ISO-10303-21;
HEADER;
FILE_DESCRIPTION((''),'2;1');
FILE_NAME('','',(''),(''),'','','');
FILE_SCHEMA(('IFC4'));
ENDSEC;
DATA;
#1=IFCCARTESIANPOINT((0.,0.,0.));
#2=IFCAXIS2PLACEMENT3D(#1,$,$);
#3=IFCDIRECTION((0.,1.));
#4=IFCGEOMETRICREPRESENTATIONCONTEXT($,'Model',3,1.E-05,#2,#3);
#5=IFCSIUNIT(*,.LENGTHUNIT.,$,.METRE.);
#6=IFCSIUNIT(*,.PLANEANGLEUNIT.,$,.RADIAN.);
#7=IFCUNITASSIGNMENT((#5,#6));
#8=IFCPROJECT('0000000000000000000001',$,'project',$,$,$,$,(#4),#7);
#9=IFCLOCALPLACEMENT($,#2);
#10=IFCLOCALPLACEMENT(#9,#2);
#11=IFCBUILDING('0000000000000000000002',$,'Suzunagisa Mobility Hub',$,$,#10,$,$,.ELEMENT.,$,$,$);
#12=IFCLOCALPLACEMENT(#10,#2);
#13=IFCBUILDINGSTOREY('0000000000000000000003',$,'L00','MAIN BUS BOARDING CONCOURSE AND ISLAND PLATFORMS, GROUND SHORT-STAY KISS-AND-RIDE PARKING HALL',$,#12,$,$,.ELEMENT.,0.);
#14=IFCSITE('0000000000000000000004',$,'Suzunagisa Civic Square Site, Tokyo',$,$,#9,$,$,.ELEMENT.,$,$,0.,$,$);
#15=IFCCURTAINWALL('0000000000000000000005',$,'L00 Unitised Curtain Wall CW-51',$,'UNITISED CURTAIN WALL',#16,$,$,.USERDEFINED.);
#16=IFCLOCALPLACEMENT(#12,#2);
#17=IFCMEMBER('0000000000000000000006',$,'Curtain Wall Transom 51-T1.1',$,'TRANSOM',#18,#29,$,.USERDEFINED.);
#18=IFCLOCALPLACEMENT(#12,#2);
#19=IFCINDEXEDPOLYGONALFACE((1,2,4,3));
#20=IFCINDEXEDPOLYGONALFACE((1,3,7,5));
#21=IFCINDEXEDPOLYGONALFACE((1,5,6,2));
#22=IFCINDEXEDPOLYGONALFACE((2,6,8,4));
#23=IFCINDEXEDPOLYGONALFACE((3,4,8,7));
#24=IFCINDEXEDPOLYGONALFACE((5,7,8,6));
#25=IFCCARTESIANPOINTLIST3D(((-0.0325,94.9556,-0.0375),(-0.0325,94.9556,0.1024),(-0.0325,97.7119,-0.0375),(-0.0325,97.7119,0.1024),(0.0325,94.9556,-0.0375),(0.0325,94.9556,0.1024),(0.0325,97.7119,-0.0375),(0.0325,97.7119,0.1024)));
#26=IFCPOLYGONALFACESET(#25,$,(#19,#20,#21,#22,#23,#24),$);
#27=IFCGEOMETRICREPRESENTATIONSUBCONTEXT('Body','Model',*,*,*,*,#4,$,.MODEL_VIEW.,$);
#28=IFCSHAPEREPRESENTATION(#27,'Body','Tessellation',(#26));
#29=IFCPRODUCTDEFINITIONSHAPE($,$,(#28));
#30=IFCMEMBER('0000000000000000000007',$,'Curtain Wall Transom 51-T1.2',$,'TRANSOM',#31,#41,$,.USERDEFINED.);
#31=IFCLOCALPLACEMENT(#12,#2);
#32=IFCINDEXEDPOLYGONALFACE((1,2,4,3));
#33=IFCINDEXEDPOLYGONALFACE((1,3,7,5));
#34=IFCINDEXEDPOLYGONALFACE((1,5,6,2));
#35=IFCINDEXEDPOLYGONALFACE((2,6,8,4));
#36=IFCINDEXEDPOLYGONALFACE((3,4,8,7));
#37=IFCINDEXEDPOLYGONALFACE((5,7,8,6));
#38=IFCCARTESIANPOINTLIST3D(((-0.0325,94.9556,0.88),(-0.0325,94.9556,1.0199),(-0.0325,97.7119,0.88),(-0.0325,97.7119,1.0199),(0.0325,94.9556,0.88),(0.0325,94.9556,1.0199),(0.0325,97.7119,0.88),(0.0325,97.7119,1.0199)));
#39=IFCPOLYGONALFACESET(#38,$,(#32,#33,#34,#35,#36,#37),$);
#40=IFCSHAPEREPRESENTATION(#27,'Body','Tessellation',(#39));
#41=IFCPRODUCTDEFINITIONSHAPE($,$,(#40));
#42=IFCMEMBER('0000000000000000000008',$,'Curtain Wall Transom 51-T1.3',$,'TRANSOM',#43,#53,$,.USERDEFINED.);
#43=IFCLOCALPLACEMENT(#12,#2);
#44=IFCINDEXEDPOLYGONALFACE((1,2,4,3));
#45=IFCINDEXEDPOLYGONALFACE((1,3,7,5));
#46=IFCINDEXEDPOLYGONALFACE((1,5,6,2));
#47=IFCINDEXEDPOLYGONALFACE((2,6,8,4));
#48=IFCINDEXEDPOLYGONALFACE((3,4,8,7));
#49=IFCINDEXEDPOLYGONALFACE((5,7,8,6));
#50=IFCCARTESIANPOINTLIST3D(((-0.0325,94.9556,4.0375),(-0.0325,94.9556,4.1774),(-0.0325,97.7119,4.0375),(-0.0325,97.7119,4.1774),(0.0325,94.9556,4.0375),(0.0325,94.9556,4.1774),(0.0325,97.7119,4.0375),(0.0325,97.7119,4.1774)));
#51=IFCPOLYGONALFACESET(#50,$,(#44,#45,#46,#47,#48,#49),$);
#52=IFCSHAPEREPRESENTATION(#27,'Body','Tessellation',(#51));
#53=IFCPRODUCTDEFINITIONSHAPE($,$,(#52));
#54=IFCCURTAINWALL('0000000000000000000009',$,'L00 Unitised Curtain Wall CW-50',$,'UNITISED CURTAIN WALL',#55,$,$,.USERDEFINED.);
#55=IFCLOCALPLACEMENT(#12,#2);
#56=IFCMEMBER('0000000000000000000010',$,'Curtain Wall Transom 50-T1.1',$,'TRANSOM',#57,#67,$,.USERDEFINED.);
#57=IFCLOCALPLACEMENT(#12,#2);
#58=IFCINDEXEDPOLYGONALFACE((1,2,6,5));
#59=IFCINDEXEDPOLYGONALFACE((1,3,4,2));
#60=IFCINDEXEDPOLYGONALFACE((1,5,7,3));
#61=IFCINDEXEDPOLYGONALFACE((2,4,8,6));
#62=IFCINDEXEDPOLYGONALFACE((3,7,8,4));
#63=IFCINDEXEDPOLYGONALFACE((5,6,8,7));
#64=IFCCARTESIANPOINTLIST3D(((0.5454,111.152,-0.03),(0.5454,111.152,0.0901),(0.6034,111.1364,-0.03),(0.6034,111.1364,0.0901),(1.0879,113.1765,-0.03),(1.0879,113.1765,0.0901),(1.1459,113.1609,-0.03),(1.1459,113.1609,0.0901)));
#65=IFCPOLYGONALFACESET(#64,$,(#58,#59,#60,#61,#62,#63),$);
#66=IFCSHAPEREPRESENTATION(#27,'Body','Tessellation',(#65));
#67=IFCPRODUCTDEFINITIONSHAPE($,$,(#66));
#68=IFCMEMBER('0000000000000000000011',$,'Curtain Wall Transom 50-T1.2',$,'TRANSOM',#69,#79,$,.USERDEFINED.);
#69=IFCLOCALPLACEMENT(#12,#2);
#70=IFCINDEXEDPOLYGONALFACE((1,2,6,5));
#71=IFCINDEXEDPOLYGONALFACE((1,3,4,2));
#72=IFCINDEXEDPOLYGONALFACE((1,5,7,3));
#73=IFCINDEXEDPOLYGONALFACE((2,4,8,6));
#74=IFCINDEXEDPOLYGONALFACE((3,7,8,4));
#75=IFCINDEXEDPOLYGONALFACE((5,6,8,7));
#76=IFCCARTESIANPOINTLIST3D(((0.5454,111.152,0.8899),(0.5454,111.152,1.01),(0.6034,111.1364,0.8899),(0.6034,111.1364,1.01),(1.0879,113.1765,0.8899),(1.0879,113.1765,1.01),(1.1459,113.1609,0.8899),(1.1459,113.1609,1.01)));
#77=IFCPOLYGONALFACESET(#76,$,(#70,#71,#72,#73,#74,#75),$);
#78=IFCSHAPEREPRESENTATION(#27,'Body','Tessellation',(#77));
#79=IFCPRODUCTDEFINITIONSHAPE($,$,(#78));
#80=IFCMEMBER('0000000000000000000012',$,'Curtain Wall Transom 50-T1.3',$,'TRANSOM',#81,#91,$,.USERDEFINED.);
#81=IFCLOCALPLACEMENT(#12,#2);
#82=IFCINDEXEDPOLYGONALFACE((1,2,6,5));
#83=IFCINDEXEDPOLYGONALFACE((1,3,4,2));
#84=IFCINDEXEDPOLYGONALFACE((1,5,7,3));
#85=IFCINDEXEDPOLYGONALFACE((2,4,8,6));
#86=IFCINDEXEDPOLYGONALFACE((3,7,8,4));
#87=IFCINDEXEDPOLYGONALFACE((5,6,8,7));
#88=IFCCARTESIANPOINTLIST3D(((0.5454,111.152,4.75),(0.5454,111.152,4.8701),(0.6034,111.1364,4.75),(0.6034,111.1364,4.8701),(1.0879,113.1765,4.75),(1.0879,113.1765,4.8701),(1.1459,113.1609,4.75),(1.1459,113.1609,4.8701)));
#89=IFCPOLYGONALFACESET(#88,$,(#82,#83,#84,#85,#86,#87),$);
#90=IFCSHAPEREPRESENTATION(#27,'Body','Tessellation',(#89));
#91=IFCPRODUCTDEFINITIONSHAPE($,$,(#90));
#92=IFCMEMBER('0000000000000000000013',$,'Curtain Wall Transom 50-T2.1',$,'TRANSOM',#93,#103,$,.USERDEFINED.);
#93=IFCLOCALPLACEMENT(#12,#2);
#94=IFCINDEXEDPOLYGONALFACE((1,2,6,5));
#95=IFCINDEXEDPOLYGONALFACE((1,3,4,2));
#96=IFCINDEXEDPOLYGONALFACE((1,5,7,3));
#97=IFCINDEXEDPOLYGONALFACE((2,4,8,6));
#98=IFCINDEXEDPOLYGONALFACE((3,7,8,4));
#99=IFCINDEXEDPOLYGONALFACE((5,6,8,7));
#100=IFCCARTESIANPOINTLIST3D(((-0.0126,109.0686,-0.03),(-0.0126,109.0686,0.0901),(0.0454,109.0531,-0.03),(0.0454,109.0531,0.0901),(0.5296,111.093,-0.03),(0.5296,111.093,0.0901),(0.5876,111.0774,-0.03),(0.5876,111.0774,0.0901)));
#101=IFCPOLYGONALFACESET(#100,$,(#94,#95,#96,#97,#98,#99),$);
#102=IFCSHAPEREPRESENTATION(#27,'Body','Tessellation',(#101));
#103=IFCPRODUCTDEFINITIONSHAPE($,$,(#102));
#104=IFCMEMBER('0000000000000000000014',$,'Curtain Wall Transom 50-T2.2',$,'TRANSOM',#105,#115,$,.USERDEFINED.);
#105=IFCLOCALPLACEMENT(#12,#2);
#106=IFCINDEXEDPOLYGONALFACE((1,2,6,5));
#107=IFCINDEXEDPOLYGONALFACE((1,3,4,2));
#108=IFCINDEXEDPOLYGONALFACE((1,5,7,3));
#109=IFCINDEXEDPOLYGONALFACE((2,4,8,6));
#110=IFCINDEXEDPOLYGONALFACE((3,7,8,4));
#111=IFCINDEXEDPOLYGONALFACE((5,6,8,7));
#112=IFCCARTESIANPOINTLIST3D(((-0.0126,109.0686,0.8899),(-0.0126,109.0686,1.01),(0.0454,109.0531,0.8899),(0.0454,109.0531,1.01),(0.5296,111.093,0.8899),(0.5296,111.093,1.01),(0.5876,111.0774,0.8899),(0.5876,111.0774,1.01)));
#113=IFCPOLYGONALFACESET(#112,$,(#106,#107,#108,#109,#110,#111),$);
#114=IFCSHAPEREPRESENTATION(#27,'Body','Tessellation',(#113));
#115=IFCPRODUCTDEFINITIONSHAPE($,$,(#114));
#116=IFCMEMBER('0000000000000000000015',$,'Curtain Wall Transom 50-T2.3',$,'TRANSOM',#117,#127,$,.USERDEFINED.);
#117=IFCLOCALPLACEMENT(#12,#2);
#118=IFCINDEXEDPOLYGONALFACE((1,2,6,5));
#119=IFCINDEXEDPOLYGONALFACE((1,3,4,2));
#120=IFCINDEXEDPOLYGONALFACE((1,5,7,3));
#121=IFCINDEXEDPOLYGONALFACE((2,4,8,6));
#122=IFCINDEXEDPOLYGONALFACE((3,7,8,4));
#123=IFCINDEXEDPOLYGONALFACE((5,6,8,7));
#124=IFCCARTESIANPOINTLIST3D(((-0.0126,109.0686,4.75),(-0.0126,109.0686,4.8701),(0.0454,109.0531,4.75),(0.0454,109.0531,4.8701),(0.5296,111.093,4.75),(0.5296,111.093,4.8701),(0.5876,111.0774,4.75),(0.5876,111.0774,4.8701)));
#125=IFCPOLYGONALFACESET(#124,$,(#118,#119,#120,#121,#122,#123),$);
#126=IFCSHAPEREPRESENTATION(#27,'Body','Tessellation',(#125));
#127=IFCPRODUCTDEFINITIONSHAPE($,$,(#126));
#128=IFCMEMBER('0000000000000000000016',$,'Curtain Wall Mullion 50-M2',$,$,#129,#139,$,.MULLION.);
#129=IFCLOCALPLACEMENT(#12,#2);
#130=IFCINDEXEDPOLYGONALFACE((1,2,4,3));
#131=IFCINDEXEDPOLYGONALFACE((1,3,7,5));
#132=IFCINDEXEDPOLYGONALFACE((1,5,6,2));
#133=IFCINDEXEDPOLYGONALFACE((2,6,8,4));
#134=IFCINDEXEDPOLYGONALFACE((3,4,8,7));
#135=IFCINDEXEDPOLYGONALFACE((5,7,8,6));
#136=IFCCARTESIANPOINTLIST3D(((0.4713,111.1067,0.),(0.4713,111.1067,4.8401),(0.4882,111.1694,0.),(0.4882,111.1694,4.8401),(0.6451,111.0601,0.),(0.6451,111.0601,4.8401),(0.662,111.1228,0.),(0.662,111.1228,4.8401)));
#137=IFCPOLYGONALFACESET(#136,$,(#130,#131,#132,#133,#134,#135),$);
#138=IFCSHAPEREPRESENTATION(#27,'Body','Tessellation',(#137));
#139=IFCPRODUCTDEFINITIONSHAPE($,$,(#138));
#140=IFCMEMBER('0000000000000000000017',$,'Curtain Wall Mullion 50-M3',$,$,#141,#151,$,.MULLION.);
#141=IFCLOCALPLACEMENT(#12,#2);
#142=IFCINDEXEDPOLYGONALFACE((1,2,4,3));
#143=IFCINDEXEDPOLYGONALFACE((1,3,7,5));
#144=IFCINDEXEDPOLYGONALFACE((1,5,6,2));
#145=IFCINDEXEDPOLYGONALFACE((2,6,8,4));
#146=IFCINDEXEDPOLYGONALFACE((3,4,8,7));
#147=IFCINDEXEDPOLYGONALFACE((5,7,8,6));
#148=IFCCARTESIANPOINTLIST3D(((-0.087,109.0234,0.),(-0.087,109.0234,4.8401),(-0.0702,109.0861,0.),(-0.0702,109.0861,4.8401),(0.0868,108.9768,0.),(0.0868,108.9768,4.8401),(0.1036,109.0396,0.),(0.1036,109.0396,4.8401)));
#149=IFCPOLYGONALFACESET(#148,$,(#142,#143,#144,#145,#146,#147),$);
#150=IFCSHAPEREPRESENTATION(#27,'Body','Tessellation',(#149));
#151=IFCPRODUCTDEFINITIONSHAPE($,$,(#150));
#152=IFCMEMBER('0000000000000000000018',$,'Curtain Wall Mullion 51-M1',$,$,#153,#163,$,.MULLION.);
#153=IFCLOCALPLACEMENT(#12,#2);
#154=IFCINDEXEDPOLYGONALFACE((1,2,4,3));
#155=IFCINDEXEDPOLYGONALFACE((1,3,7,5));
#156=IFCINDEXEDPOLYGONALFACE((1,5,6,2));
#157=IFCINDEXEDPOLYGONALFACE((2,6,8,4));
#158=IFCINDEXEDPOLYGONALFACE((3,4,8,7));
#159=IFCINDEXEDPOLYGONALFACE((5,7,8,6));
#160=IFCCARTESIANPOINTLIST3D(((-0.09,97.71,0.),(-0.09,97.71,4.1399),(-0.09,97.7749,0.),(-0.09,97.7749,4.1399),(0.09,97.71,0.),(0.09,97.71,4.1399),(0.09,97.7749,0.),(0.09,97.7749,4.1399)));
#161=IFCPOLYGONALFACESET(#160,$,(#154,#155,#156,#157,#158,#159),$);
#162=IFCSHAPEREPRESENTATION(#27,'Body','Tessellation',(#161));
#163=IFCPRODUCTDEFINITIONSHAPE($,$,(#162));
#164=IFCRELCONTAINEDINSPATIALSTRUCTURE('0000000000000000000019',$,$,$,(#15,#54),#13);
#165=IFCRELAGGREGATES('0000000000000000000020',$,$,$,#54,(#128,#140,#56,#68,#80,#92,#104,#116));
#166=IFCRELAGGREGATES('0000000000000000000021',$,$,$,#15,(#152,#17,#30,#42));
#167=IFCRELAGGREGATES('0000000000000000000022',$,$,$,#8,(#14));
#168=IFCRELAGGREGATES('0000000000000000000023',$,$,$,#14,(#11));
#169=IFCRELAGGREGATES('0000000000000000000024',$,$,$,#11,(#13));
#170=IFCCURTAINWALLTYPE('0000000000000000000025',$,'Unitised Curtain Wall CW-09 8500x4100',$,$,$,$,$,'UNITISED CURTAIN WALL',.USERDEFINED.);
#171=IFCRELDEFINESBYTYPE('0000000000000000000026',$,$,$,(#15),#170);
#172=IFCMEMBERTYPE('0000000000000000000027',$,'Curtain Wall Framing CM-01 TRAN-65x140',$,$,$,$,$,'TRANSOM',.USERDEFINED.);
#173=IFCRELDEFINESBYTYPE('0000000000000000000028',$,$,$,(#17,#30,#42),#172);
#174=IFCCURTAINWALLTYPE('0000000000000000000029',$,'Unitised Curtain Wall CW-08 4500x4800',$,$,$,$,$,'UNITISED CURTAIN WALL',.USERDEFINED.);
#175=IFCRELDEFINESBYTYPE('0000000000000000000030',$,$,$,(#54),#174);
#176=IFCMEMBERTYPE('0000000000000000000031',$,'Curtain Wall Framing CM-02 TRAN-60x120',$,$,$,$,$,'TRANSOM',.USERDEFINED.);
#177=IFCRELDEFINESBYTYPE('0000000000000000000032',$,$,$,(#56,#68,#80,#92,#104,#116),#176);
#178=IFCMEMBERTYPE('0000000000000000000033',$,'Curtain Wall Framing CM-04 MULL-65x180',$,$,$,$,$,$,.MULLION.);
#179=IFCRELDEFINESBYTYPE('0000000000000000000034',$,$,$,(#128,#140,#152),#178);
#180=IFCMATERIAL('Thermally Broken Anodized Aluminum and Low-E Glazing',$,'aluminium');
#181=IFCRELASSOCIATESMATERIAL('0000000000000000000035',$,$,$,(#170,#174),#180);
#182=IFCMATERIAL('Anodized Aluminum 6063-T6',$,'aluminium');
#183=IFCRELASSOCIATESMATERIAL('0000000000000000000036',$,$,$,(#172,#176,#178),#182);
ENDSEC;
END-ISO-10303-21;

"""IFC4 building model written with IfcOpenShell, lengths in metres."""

from ifc_helpers import new_model, si_unit, direction, frame, origin, origin_2d, place, context, subcontext, project, spatial, rectangle, extrude, material, material_profile, profile_set, type_object, element, aggregate, save


model = new_model("IFC4")

# Units and contexts
model_context = context("Model", 3, precision=1e-05, world=origin(), true_north=direction((0.0, 1.0)))
body_context = subcontext(model_context, "Body", "Model", "MODEL_VIEW")
ifc_project = project(units=[si_unit("LENGTHUNIT", "METRE"), si_unit("PLANEANGLEUNIT", "RADIAN")], contexts=[model_context])

# Site, building, storey
site_placement = place(None, origin())
site = spatial("IfcSite", under=ifc_project, at=site_placement, Name="Suzunagisa Civic Square Site, Tokyo", CompositionType="ELEMENT", RefElevation=0.0)
building_placement = place(site_placement, origin())
building = spatial("IfcBuilding", under=site, at=building_placement, Name="Suzunagisa Mobility Hub", CompositionType="ELEMENT")
storey_placement = place(building_placement, origin())
storey = spatial("IfcBuildingStorey", under=building, at=storey_placement, Name="L00", Description="MAIN BUS BOARDING CONCOURSE AND ISLAND PLATFORMS, GROUND SHORT-STAY KISS-AND-RIDE PARKING HALL", CompositionType="ELEMENT", Elevation=0.0)

# Curtain walls, members
ifc_material_1 = material(Name="Thermally Broken Anodized Aluminum and Low-E Glazing", Category="aluminium")
curtain_wall_type_1 = type_object("IfcCurtainWallType", Name="Unitised Curtain Wall CW-09 8500x4100", ElementType="UNITISED CURTAIN WALL", PredefinedType="USERDEFINED", material=ifc_material_1)
curtain_wall_1_placement = place(storey_placement, origin())
curtain_wall_1 = element("IfcCurtainWall", 1, at=curtain_wall_1_placement, inside=storey, type_object=curtain_wall_type_1, Name="L00 Unitised Curtain Wall CW-51", ObjectType="UNITISED CURTAIN WALL", PredefinedType="USERDEFINED")
ifc_material_2 = material(Name="Anodized Aluminum 6063-T6", Category="aluminium")
ifc_material_profile_1 = material_profile(ifc_material_2, rectangle(XDim=0.0649, YDim=0.1399, at=origin_2d()), Name="TRAN-65x140")
ifc_profile_set_1 = profile_set([ifc_material_profile_1], Name="Anodized Aluminum 6063-T6")
member_type_1 = type_object("IfcMemberType", Name="Curtain Wall Framing CM-01 TRAN-65x140", ElementType="TRANSOM", PredefinedType="USERDEFINED", material=ifc_profile_set_1)
member_1_placement = place(storey_placement, frame((0.0, 97.7119, 0.0325), z_axis=(0.0, -1.0, 0.0), x_axis=(1.0, 0.0, 0.0)))
member_1 = element("IfcMember", 2, at=member_1_placement, type_object=member_type_1, Name="Curtain Wall Transom 51-T1.1", ObjectType="TRANSOM", PredefinedType="USERDEFINED", context=body_context, shape_type="SweptSolid", body=[
    extrude(rectangle(XDim=0.0649, YDim=0.1399, at=origin_2d()), origin(), (0.0, 0.0, 1.0), 2.7563),
])
member_2_placement = place(storey_placement, frame((0.0, 97.7119, 0.95), z_axis=(0.0, -1.0, 0.0), x_axis=(1.0, 0.0, 0.0)))
member_2 = element("IfcMember", 3, at=member_2_placement, type_object=member_type_1, Name="Curtain Wall Transom 51-T1.2", ObjectType="TRANSOM", PredefinedType="USERDEFINED", context=body_context, shape_type="SweptSolid", body=[
    extrude(rectangle(XDim=0.0649, YDim=0.1399, at=origin_2d()), origin(), (0.0, 0.0, 1.0), 2.7563),
])
member_3_placement = place(storey_placement, frame((0.0, 97.7119, 4.1074), z_axis=(0.0, -1.0, 0.0), x_axis=(1.0, 0.0, 0.0)))
member_3 = element("IfcMember", 4, at=member_3_placement, type_object=member_type_1, Name="Curtain Wall Transom 51-T1.3", ObjectType="TRANSOM", PredefinedType="USERDEFINED", context=body_context, shape_type="SweptSolid", body=[
    extrude(rectangle(XDim=0.0649, YDim=0.1399, at=origin_2d()), origin(), (0.0, 0.0, 1.0), 2.7563),
])
curtain_wall_type_2 = type_object("IfcCurtainWallType", Name="Unitised Curtain Wall CW-08 4500x4800", ElementType="UNITISED CURTAIN WALL", PredefinedType="USERDEFINED", material=ifc_material_1)
curtain_wall_2_placement = place(storey_placement, origin())
curtain_wall_2 = element("IfcCurtainWall", 5, at=curtain_wall_2_placement, inside=storey, type_object=curtain_wall_type_2, Name="L00 Unitised Curtain Wall CW-50", ObjectType="UNITISED CURTAIN WALL", PredefinedType="USERDEFINED")
ifc_material_profile_2 = material_profile(ifc_material_2, rectangle(XDim=0.0601, YDim=0.1201, at=origin_2d()), Name="TRAN-60x120")
ifc_profile_set_2 = profile_set([ifc_material_profile_2], Name="Anodized Aluminum 6063-T6")
member_type_2 = type_object("IfcMemberType", Name="Curtain Wall Framing CM-02 TRAN-60x120", ElementType="TRANSOM", PredefinedType="USERDEFINED", material=ifc_profile_set_2)
member_4_placement = place(storey_placement, frame((1.1169, 113.1687, 0.03), z_axis=(-0.258837, -0.965921, 0.0), x_axis=(0.965921, -0.258837, 0.0)))
member_4 = element("IfcMember", 6, at=member_4_placement, type_object=member_type_2, Name="Curtain Wall Transom 50-T1.1", ObjectType="TRANSOM", PredefinedType="USERDEFINED", context=body_context, shape_type="SweptSolid", body=[
    extrude(rectangle(XDim=0.0601, YDim=0.1201, at=origin_2d()), origin(), (0.0, 0.0, 1.0), 2.0959),
])
member_5_placement = place(storey_placement, frame((1.1169, 113.1687, 0.95), z_axis=(-0.258837, -0.965921, 0.0), x_axis=(0.965921, -0.258837, 0.0)))
member_5 = element("IfcMember", 7, at=member_5_placement, type_object=member_type_2, Name="Curtain Wall Transom 50-T1.2", ObjectType="TRANSOM", PredefinedType="USERDEFINED", context=body_context, shape_type="SweptSolid", body=[
    extrude(rectangle(XDim=0.0601, YDim=0.1201, at=origin_2d()), origin(), (0.0, 0.0, 1.0), 2.0959),
])
member_6_placement = place(storey_placement, frame((1.1169, 113.1687, 4.8101), z_axis=(-0.258837, -0.965921, 0.0), x_axis=(0.965921, -0.258837, 0.0)))
member_6 = element("IfcMember", 8, at=member_6_placement, type_object=member_type_2, Name="Curtain Wall Transom 50-T1.3", ObjectType="TRANSOM", PredefinedType="USERDEFINED", context=body_context, shape_type="SweptSolid", body=[
    extrude(rectangle(XDim=0.0601, YDim=0.1201, at=origin_2d()), origin(), (0.0, 0.0, 1.0), 2.0959),
])
member_7_placement = place(storey_placement, frame((0.5586, 111.0852, 0.03), z_axis=(-0.258728, -0.96595, 0.0), x_axis=(0.96595, -0.258728, 0.0)))
member_7 = element("IfcMember", 9, at=member_7_placement, type_object=member_type_2, Name="Curtain Wall Transom 50-T2.1", ObjectType="TRANSOM", PredefinedType="USERDEFINED", context=body_context, shape_type="SweptSolid", body=[
    extrude(rectangle(XDim=0.0601, YDim=0.1201, at=origin_2d()), origin(), (0.0, 0.0, 1.0), 2.0957),
])
member_8_placement = place(storey_placement, frame((0.5586, 111.0852, 0.95), z_axis=(-0.258728, -0.96595, 0.0), x_axis=(0.96595, -0.258728, 0.0)))
member_8 = element("IfcMember", 10, at=member_8_placement, type_object=member_type_2, Name="Curtain Wall Transom 50-T2.2", ObjectType="TRANSOM", PredefinedType="USERDEFINED", context=body_context, shape_type="SweptSolid", body=[
    extrude(rectangle(XDim=0.0601, YDim=0.1201, at=origin_2d()), origin(), (0.0, 0.0, 1.0), 2.0957),
])
member_9_placement = place(storey_placement, frame((0.5586, 111.0852, 4.8101), z_axis=(-0.258728, -0.96595, 0.0), x_axis=(0.96595, -0.258728, 0.0)))
member_9 = element("IfcMember", 11, at=member_9_placement, type_object=member_type_2, Name="Curtain Wall Transom 50-T2.3", ObjectType="TRANSOM", PredefinedType="USERDEFINED", context=body_context, shape_type="SweptSolid", body=[
    extrude(rectangle(XDim=0.0601, YDim=0.1201, at=origin_2d()), origin(), (0.0, 0.0, 1.0), 2.0957),
])
ifc_material_profile_3 = material_profile(ifc_material_2, rectangle(XDim=0.0649, YDim=0.1799, at=origin_2d()), Name="MULL-65x180")
ifc_profile_set_3 = profile_set([ifc_material_profile_3], Name="Anodized Aluminum 6063-T6")
member_type_3 = type_object("IfcMemberType", Name="Curtain Wall Framing CM-04 MULL-65x180", PredefinedType="MULLION", material=ifc_profile_set_3)
member_10_placement = place(storey_placement, frame((0.5667, 111.1147, 0.0), z_axis=(0.0, 0.0, 1.0), x_axis=(-0.258815, -0.965927, 0.0)))
member_10 = element("IfcMember", 12, at=member_10_placement, type_object=member_type_3, Name="Curtain Wall Mullion 50-M2", PredefinedType="MULLION", context=body_context, shape_type="SweptSolid", body=[
    extrude(rectangle(XDim=0.0649, YDim=0.1799, at=origin_2d()), origin(), (0.0, 0.0, 1.0), 4.8401),
])
member_11_placement = place(storey_placement, frame((0.0083, 109.0315, 0.0), z_axis=(0.0, 0.0, 1.0), x_axis=(-0.258815, -0.965927, 0.0)))
member_11 = element("IfcMember", 13, at=member_11_placement, type_object=member_type_3, Name="Curtain Wall Mullion 50-M3", PredefinedType="MULLION", context=body_context, shape_type="SweptSolid", body=[
    extrude(rectangle(XDim=0.0649, YDim=0.1799, at=origin_2d()), origin(), (0.0, 0.0, 1.0), 4.8401),
])

# Member
member_12_placement = place(storey_placement, frame((0.0, 97.7424, 0.0), z_axis=(0.0, 0.0, 1.0), x_axis=(0.0, -1.0, 0.0)))
member_12 = element("IfcMember", 14, at=member_12_placement, type_object=member_type_3, Name="Curtain Wall Mullion 51-M1", PredefinedType="MULLION", context=body_context, shape_type="SweptSolid", body=[
    extrude(rectangle(XDim=0.0649, YDim=0.1799, at=origin_2d()), origin(), (0.0, 0.0, 1.0), 4.1399),
])

aggregate(curtain_wall_2, [member_10, member_11, member_4, member_5, member_6, member_7, member_8, member_9])
aggregate(curtain_wall_1, [member_12, member_1, member_2, member_3])

save(model, "model.ifc")
